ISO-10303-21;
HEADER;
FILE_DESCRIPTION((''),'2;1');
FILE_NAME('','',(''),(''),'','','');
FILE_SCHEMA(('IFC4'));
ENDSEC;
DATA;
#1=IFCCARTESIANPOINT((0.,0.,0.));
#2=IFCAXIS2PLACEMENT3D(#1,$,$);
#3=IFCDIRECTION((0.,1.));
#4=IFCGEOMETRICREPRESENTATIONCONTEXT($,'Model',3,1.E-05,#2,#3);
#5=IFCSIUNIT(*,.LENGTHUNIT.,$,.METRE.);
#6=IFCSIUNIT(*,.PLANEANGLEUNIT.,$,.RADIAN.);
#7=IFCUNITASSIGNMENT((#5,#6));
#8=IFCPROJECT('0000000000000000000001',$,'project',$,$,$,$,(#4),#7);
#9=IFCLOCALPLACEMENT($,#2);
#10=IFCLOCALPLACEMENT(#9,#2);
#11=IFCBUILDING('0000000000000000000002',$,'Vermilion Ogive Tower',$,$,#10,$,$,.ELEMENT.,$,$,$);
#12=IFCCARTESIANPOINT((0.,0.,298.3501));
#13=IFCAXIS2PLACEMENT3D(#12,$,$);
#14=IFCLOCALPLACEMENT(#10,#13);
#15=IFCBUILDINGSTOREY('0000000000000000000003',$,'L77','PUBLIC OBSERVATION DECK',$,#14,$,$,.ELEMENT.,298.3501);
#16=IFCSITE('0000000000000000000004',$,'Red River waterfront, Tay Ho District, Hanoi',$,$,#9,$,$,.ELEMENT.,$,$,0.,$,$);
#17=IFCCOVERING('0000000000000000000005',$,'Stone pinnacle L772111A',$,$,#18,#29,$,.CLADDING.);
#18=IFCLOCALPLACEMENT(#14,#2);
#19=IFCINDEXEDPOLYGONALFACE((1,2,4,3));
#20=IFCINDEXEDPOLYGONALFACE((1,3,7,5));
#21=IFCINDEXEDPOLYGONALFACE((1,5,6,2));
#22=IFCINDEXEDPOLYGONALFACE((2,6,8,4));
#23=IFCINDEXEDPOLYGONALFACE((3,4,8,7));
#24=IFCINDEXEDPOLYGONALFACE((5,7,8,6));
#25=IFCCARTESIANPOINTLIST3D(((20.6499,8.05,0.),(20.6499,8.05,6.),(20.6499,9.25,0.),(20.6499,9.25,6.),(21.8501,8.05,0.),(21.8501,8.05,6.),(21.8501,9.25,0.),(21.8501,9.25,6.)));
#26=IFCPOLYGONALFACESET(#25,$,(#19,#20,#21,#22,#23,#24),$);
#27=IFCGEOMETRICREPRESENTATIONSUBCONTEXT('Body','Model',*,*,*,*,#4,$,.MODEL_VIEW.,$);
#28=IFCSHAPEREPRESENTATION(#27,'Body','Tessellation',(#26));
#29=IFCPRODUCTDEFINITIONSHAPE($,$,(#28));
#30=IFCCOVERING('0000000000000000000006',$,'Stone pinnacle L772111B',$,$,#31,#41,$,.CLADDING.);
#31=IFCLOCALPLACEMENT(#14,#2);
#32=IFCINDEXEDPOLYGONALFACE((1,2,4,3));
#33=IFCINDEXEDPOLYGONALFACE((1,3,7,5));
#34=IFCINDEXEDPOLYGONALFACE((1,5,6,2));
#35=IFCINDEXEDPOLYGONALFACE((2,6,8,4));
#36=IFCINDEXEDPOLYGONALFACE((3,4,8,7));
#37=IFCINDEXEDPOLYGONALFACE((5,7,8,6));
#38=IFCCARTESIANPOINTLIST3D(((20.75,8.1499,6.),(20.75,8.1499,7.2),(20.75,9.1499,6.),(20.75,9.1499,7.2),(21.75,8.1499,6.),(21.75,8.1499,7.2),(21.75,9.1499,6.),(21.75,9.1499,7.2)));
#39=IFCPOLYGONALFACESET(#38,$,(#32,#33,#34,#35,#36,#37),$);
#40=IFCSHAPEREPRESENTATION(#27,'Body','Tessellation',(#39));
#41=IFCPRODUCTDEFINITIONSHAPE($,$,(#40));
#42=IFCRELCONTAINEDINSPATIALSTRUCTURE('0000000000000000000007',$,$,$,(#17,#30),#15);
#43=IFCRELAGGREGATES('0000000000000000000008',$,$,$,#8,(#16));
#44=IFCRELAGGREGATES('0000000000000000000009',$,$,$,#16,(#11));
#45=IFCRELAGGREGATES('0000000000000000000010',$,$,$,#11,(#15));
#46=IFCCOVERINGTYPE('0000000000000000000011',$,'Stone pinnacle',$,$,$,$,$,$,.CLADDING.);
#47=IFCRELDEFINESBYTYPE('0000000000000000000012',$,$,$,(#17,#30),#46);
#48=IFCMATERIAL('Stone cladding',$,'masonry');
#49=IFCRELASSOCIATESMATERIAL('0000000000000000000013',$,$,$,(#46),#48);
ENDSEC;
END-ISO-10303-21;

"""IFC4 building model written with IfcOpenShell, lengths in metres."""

from ifc_helpers import new_model, si_unit, direction, frame, origin, place, context, subcontext, project, spatial, polyline, outline, extrude, material, type_object, element, save


model = new_model("IFC4")

# Units and contexts
model_context = context("Model", 3, precision=1e-05, world=origin(), true_north=direction((0.0, 1.0)))
body_context = subcontext(model_context, "Body", "Model", "MODEL_VIEW")
ifc_project = project(units=[si_unit("LENGTHUNIT", "METRE"), si_unit("PLANEANGLEUNIT", "RADIAN")], contexts=[model_context])

# Site, building, storey
site_placement = place(None, origin())
site = spatial("IfcSite", under=ifc_project, at=site_placement, Name="Red River waterfront, Tay Ho District, Hanoi", CompositionType="ELEMENT", RefElevation=0.0)
building_placement = place(site_placement, origin())
building = spatial("IfcBuilding", under=site, at=building_placement, Name="Vermilion Ogive Tower", CompositionType="ELEMENT")
storey_placement = place(building_placement, frame((0.0, 0.0, 298.3501)))
storey = spatial("IfcBuildingStorey", under=building, at=storey_placement, Name="L77", Description="PUBLIC OBSERVATION DECK", CompositionType="ELEMENT", Elevation=298.3501)

# Coverings
ifc_material_1 = material(Name="Stone cladding", Category="masonry")
covering_type = type_object("IfcCoveringType", Name="Stone pinnacle", PredefinedType="CLADDING", material=ifc_material_1)
covering_1_placement = place(storey_placement, origin())
element("IfcCovering", 1, at=covering_1_placement, inside=storey, type_object=covering_type, Name="Stone pinnacle L772111A", PredefinedType="CLADDING", context=body_context, shape_type="SweptSolid", body=[
    extrude(outline(polyline([(20.6499, 8.05), (21.8501, 8.05), (21.8501, 9.25), (20.6499, 9.25), (20.6499, 8.05)])), origin(), (0.0, 0.0, 1.0), 6.0),
])
covering_2_placement = place(storey_placement, frame((0.0, 0.0, 6.0)))
element("IfcCovering", 2, at=covering_2_placement, inside=storey, type_object=covering_type, Name="Stone pinnacle L772111B", PredefinedType="CLADDING", context=body_context, shape_type="SweptSolid", body=[
    extrude(outline(polyline([(20.75, 8.1499), (21.75, 8.1499), (21.75, 9.1499), (20.75, 9.1499), (20.75, 8.1499)])), origin(), (0.0, 0.0, 1.0), 1.2),
])

save(model, "model.ifc")
